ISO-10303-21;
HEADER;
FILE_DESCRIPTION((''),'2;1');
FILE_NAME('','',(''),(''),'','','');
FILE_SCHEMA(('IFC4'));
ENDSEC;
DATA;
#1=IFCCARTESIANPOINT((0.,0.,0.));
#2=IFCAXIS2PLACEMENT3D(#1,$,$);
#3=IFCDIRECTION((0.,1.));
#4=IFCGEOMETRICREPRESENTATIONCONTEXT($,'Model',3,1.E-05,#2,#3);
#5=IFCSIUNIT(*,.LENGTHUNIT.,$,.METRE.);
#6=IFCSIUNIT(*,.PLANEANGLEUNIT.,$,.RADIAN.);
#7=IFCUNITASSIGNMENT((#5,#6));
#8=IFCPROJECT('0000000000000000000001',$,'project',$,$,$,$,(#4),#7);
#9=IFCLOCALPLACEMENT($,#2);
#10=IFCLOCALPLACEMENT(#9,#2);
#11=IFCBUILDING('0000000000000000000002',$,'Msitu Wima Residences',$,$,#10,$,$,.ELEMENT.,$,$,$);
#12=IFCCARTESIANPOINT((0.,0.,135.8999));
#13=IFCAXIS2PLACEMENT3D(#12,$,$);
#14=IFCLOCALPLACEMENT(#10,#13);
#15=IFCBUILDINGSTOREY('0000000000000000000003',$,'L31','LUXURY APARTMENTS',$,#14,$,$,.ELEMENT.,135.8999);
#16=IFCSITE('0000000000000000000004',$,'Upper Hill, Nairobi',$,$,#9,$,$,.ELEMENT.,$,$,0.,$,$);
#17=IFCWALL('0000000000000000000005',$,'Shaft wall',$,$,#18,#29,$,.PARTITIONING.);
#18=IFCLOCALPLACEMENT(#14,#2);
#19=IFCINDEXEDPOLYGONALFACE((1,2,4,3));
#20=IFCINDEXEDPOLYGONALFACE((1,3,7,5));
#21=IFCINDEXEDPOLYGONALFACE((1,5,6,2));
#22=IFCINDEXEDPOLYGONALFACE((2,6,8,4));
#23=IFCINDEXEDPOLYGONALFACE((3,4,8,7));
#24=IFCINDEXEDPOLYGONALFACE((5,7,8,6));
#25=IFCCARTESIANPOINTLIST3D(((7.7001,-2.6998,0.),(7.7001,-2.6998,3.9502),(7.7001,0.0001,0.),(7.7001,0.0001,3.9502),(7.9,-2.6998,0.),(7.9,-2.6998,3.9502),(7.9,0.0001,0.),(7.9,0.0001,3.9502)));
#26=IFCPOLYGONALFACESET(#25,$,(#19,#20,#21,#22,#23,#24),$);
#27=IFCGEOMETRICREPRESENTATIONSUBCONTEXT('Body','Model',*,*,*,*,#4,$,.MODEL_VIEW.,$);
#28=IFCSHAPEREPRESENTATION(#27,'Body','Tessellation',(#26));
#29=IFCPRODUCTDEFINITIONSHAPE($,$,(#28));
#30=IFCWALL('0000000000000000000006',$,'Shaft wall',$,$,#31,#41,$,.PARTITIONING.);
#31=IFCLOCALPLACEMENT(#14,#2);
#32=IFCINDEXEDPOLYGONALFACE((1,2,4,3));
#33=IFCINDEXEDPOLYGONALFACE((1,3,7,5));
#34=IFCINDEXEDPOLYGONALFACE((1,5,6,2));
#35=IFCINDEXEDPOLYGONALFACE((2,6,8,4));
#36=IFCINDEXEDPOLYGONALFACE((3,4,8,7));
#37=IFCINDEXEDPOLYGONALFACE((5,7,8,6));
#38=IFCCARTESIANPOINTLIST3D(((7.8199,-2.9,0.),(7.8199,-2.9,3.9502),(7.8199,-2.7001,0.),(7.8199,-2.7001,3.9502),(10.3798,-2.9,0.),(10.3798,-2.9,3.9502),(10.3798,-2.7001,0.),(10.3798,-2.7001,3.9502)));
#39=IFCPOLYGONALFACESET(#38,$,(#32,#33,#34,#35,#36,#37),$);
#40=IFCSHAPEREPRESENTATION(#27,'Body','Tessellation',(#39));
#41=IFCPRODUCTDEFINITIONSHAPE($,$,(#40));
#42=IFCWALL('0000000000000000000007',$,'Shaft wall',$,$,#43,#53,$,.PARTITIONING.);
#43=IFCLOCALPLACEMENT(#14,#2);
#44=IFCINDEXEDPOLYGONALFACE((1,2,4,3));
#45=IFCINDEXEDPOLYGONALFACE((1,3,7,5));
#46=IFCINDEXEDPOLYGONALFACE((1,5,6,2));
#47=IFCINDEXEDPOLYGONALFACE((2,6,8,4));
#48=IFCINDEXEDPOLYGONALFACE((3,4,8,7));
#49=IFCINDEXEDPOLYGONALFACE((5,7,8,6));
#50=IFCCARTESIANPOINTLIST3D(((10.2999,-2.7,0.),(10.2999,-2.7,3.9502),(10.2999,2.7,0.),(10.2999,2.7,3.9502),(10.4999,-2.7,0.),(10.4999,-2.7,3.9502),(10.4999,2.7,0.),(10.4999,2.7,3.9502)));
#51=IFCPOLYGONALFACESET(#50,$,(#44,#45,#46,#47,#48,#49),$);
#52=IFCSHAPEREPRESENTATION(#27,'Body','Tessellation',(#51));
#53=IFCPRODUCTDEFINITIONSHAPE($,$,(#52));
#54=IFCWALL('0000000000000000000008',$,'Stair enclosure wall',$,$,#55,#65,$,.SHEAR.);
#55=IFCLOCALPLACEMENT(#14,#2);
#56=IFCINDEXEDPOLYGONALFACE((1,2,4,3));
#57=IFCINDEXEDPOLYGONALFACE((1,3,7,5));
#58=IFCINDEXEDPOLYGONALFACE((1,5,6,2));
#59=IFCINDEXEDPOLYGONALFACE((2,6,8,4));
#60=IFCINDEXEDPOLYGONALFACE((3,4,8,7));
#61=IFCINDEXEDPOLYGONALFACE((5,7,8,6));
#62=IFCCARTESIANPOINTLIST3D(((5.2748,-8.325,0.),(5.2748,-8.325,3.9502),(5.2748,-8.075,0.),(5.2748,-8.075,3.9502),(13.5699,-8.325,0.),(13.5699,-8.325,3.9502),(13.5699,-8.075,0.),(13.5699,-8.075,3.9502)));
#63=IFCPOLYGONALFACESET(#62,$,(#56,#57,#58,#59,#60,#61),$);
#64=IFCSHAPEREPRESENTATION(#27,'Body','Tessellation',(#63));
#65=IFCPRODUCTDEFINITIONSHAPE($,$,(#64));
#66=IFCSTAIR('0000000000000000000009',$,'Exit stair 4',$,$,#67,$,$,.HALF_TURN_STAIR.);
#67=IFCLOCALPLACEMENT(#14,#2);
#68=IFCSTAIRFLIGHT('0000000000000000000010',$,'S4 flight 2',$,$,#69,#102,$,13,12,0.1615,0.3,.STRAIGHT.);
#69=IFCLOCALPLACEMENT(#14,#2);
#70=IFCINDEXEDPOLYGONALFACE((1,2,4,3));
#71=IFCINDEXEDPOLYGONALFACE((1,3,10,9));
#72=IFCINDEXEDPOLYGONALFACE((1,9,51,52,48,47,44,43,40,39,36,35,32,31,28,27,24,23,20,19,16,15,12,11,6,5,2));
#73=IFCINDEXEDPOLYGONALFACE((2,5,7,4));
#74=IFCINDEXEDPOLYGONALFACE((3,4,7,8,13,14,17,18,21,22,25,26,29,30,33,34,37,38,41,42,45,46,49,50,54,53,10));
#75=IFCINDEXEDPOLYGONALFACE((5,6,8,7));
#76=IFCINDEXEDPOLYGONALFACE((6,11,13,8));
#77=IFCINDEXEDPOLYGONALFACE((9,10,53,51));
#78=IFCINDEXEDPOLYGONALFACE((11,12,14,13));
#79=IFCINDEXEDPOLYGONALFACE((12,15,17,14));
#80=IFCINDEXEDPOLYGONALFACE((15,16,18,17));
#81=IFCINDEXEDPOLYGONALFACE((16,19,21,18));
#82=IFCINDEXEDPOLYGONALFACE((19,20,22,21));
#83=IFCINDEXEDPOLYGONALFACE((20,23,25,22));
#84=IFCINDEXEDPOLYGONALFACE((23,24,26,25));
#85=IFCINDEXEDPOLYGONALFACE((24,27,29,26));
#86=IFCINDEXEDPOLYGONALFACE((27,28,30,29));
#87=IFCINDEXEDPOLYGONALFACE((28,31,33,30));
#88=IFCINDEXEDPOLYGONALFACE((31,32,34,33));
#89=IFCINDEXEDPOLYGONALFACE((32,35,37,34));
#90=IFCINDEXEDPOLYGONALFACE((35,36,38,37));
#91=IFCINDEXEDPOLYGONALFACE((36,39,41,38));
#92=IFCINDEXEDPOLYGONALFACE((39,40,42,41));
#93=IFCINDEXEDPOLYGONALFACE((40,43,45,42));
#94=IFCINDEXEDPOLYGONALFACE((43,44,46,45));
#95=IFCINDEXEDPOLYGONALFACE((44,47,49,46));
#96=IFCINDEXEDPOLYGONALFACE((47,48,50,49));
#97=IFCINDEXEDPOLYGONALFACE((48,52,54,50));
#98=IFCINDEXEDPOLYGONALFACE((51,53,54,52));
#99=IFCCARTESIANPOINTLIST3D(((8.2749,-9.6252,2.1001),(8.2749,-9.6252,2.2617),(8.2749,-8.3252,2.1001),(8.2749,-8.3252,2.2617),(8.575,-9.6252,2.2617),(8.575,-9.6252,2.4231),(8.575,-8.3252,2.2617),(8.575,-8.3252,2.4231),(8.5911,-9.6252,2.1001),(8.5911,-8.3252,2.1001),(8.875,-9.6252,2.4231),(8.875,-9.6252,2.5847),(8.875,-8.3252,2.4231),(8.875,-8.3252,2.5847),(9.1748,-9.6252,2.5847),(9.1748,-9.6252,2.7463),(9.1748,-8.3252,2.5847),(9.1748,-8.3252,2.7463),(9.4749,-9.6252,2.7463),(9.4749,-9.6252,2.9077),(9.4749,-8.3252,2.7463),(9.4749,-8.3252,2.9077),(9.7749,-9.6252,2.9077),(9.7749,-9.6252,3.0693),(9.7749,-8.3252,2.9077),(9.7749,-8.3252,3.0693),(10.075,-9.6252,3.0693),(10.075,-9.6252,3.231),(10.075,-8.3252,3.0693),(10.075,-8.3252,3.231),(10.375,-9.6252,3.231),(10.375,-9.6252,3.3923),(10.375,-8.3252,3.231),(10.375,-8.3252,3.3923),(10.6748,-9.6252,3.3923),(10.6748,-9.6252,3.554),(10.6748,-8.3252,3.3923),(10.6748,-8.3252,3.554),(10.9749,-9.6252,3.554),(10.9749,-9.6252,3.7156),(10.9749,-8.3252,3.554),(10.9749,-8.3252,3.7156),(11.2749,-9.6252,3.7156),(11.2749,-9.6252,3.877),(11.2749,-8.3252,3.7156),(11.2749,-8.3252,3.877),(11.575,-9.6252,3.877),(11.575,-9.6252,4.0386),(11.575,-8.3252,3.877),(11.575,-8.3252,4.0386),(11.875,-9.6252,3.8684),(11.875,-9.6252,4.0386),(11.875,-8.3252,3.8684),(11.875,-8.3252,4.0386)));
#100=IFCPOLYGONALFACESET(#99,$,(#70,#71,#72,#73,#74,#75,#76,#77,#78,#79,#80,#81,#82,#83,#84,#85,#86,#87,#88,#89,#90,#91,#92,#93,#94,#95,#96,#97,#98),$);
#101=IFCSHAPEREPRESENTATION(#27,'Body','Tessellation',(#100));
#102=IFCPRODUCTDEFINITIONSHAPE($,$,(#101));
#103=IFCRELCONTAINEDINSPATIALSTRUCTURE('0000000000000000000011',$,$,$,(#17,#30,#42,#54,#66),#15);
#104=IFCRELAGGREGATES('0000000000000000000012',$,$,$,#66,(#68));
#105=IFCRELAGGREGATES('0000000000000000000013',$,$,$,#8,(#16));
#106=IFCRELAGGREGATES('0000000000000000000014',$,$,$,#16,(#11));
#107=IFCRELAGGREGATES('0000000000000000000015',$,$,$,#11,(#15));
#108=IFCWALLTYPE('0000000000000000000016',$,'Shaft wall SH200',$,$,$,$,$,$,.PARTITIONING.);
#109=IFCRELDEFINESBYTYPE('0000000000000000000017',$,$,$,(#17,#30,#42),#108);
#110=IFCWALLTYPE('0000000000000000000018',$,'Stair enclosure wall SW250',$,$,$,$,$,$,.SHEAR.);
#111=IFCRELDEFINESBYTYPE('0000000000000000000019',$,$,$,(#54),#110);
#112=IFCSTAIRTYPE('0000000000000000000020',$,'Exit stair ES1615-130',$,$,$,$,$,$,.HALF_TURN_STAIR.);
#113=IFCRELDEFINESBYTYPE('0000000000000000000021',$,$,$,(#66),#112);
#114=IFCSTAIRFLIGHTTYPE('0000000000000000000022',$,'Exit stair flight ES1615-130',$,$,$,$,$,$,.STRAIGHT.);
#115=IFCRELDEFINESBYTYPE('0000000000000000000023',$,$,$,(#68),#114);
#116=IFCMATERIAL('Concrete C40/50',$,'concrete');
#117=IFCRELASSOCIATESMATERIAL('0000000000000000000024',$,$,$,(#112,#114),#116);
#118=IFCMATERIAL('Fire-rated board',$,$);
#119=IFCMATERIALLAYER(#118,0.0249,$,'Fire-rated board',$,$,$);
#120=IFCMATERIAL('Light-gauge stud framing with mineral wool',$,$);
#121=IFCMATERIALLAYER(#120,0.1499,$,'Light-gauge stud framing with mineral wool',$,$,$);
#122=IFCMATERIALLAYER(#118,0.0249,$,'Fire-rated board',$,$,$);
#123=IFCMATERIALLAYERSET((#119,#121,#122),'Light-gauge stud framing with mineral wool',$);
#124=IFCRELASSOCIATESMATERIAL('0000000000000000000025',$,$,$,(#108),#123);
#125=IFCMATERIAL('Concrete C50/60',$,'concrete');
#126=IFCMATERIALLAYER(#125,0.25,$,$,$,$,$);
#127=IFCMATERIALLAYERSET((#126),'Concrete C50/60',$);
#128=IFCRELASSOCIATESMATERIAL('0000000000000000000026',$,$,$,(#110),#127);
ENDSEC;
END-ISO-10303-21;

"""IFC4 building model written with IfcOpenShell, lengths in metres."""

from ifc_helpers import new_model, si_unit, direction, frame, frame_2d, origin, place, context, subcontext, project, spatial, polyline, rectangle, outline, extrude, material, layer, layer_set, type_object, element, aggregate, save


model = new_model("IFC4")

# Units and contexts
model_context = context("Model", 3, precision=1e-05, world=origin(), true_north=direction((0.0, 1.0)))
body_context = subcontext(model_context, "Body", "Model", "MODEL_VIEW")
ifc_project = project(units=[si_unit("LENGTHUNIT", "METRE"), si_unit("PLANEANGLEUNIT", "RADIAN")], contexts=[model_context])

# Site, building, storey
site_placement = place(None, origin())
site = spatial("IfcSite", under=ifc_project, at=site_placement, Name="Upper Hill, Nairobi", CompositionType="ELEMENT", RefElevation=0.0)
building_placement = place(site_placement, origin())
building = spatial("IfcBuilding", under=site, at=building_placement, Name="Msitu Wima Residences", CompositionType="ELEMENT")
storey_placement = place(building_placement, frame((0.0, 0.0, 135.8999)))
storey = spatial("IfcBuildingStorey", under=building, at=storey_placement, Name="L31", Description="LUXURY APARTMENTS", CompositionType="ELEMENT", Elevation=135.8999)

# Shared definitions
ifc_material_1 = material(Name="Concrete C40/50", Category="concrete")

# Shared definitions
stair_type = type_object("IfcStairType", Name="Exit stair ES1615-130", PredefinedType="HALF_TURN_STAIR", material=ifc_material_1)

# Walls
ifc_material_2 = material(Name="Fire-rated board")
ifc_layer_1 = layer(ifc_material_2, 0.0249, Name="Fire-rated board")
ifc_material_3 = material(Name="Light-gauge stud framing with mineral wool")
ifc_layer_2 = layer(ifc_material_3, 0.1499, Name="Light-gauge stud framing with mineral wool")
ifc_layer_3 = layer(ifc_material_2, 0.0249, Name="Fire-rated board")
ifc_layer_set_1 = layer_set([ifc_layer_1, ifc_layer_2, ifc_layer_3], Name="Light-gauge stud framing with mineral wool")
wall_type_1 = type_object("IfcWallType", Name="Shaft wall SH200", PredefinedType="PARTITIONING", material=ifc_layer_set_1)
wall_1_placement = place(storey_placement, frame((7.8, -2.7, 0.0), z_axis=(0.0, 0.0, 1.0), x_axis=(0.0, 1.0, 0.0)))
element("IfcWall", 1, at=wall_1_placement, inside=storey, type_object=wall_type_1, Name="Shaft wall", PredefinedType="PARTITIONING", context=body_context, shape_type="SweptSolid", body=[
    extrude(rectangle(XDim=2.7, YDim=0.2, at=frame_2d((1.3501, 0.0))), origin(), (0.0, 0.0, 1.0), 3.9502),
])
wall_2_placement = place(storey_placement, frame((7.8201, -2.8, 0.0), z_axis=(0.0, 0.0, 1.0), x_axis=(1.0, 0.0, 0.0)))
element("IfcWall", 2, at=wall_2_placement, inside=storey, type_object=wall_type_1, Name="Shaft wall", PredefinedType="PARTITIONING", context=body_context, shape_type="SweptSolid", body=[
    extrude(rectangle(XDim=2.5598, YDim=0.2, at=frame_2d((1.2798, 0.0))), origin(), (0.0, 0.0, 1.0), 3.9502),
])
wall_3_placement = place(storey_placement, frame((10.3999, -2.7, 0.0), z_axis=(0.0, 0.0, 1.0), x_axis=(0.0, 1.0, 0.0)))
element("IfcWall", 3, at=wall_3_placement, inside=storey, type_object=wall_type_1, Name="Shaft wall", PredefinedType="PARTITIONING", context=body_context, shape_type="SweptSolid", body=[
    extrude(rectangle(XDim=5.3999, YDim=0.2, at=frame_2d((2.7, 0.0))), origin(), (0.0, 0.0, 1.0), 3.9502),
])
ifc_material_4 = material(Name="Concrete C50/60", Category="concrete")
ifc_layer_4 = layer(ifc_material_4, 0.25)
ifc_layer_set_2 = layer_set([ifc_layer_4], Name="Concrete C50/60")
wall_type_2 = type_object("IfcWallType", Name="Stair enclosure wall SW250", PredefinedType="SHEAR", material=ifc_layer_set_2)
wall_4_placement = place(storey_placement, frame((5.2749, -8.2, 0.0), z_axis=(0.0, 0.0, 1.0), x_axis=(1.0, 0.0, 0.0)))
element("IfcWall", 4, at=wall_4_placement, inside=storey, type_object=wall_type_2, Name="Stair enclosure wall", PredefinedType="SHEAR", context=body_context, shape_type="SweptSolid", body=[
    extrude(rectangle(XDim=8.2952, YDim=0.25, at=frame_2d((4.1475, 0.0))), origin(), (0.0, 0.0, 1.0), 3.9502),
])

# Stair, stair flight
stair_1_placement = place(storey_placement, origin())
stair_1 = element("IfcStair", 5, at=stair_1_placement, inside=storey, type_object=stair_type, Name="Exit stair 4", PredefinedType="HALF_TURN_STAIR")
stair_flight_type = type_object("IfcStairFlightType", Name="Exit stair flight ES1615-130", PredefinedType="STRAIGHT", material=ifc_material_1)
stair_flight_placement = place(storey_placement, frame((8.2749, -8.9751, 2.1001), z_axis=(0.0, 0.0, 1.0), x_axis=(1.0, 0.0, 0.0)))
stair_flight = element("IfcStairFlight", 6, at=stair_flight_placement, type_object=stair_flight_type, Name="S4 flight 2", NumberOfRisers=13, NumberOfTreads=12, PredefinedType="STRAIGHT", RiserHeight=0.1615, TreadLength=0.3, context=body_context, shape_type="SweptSolid", body=[
    extrude(outline(polyline([(0.0, 0.0), (0.0, 0.1616), (0.3, 0.1616), (0.3, 0.323), (0.6001, 0.323), (0.6001, 0.4846), (0.8999, 0.4846), (0.8999, 0.6462), (1.2, 0.6462), (1.2, 0.8076), (1.5, 0.8076), (1.5, 0.9692), (1.8, 0.9692), (1.8, 1.1309), (2.1001, 1.1309), (2.1001, 1.2922), (2.3999, 1.2922), (2.3999, 1.4539), (2.7, 1.4539), (2.7, 1.6155), (3.0, 1.6155), (3.0, 1.7769), (3.3, 1.7769), (3.3, 1.9385), (3.6001, 1.9385), (3.6001, 2.1001), (3.6001, 1.7683), (0.3162, 0.0), (0.0, 0.0)])), frame((0.0, 0.6499, 0.0), z_axis=(0.0, -1.0, 0.0), x_axis=(1.0, 0.0, 0.0)), (0.0, 0.0, 1.0), 1.3),
])
aggregate(stair_1, [stair_flight])

save(model, "model.ifc")
